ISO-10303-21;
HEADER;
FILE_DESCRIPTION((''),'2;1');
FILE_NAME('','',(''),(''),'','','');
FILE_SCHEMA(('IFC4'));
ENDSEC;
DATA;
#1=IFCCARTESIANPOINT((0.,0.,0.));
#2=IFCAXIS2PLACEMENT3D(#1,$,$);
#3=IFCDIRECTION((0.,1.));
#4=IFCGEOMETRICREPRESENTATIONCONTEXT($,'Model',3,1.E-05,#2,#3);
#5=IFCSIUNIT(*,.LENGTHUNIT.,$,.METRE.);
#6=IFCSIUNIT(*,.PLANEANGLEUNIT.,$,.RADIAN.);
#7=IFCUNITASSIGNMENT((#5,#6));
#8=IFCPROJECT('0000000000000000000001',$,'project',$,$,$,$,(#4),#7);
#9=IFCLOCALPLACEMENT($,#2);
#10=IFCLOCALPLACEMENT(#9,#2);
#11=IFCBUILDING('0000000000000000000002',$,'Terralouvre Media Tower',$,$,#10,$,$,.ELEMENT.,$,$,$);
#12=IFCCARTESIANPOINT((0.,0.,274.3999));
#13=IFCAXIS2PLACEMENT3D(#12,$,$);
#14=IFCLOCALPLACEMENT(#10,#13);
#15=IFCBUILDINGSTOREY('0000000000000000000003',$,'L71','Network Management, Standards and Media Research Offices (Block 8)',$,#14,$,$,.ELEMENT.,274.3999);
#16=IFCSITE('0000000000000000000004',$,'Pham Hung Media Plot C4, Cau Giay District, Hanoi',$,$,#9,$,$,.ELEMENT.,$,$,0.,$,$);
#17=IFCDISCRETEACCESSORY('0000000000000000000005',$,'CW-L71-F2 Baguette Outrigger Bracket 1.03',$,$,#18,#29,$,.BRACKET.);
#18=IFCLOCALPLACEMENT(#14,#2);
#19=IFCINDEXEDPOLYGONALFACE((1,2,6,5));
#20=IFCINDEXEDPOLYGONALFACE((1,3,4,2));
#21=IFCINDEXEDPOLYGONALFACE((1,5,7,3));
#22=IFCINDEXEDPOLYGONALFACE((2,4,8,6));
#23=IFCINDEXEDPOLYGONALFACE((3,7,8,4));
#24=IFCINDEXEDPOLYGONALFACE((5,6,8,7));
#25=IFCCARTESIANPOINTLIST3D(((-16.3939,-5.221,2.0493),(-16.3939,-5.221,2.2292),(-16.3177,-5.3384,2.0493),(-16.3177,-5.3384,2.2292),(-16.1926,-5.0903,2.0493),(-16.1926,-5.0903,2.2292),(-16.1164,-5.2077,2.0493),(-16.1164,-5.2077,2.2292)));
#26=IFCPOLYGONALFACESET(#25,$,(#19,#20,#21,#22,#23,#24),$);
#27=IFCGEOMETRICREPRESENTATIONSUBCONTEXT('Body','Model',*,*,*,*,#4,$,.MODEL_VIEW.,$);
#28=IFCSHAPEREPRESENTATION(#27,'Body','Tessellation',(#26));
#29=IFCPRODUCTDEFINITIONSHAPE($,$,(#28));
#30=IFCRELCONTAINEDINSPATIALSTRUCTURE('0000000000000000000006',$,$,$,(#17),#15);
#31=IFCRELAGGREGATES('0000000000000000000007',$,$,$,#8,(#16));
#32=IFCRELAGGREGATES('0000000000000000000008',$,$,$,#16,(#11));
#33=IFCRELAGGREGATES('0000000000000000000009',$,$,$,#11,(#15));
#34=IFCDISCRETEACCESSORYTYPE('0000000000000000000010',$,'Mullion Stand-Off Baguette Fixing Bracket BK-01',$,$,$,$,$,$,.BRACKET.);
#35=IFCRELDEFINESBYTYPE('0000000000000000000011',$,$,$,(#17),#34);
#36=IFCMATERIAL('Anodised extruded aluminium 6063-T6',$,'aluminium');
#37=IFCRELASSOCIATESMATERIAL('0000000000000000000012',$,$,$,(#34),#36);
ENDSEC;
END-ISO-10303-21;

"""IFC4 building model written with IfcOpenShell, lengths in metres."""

from ifc_helpers import new_model, si_unit, direction, frame, origin, origin_2d, place, context, subcontext, project, spatial, rectangle, extrude, material, type_object, element, save


model = new_model("IFC4")

# Units and contexts
model_context = context("Model", 3, precision=1e-05, world=origin(), true_north=direction((0.0, 1.0)))
body_context = subcontext(model_context, "Body", "Model", "MODEL_VIEW")
ifc_project = project(units=[si_unit("LENGTHUNIT", "METRE"), si_unit("PLANEANGLEUNIT", "RADIAN")], contexts=[model_context])

# Site, building, storey
site_placement = place(None, origin())
site = spatial("IfcSite", under=ifc_project, at=site_placement, Name="Pham Hung Media Plot C4, Cau Giay District, Hanoi", CompositionType="ELEMENT", RefElevation=0.0)
building_placement = place(site_placement, origin())
building = spatial("IfcBuilding", under=site, at=building_placement, Name="Terralouvre Media Tower", CompositionType="ELEMENT")
storey_placement = place(building_placement, frame((0.0, 0.0, 274.3999)))
storey = spatial("IfcBuildingStorey", under=building, at=storey_placement, Name="L71", Description="Network Management, Standards and Media Research Offices (Block 8)", CompositionType="ELEMENT", Elevation=274.3999)

# Discrete accessory
ifc_material_1 = material(Name="Anodised extruded aluminium 6063-T6", Category="aluminium")
discrete_accessory_type = type_object("IfcDiscreteAccessoryType", Name="Mullion Stand-Off Baguette Fixing Bracket BK-01", PredefinedType="BRACKET", material=ifc_material_1)
discrete_accessory_placement = place(storey_placement, frame((-16.2551, -5.2144, 2.0493), z_axis=(0.0, 0.0, 1.0), x_axis=(0.544639, -0.838671, 0.0)))
element("IfcDiscreteAccessory", 1, at=discrete_accessory_placement, inside=storey, type_object=discrete_accessory_type, Name="CW-L71-F2 Baguette Outrigger Bracket 1.03", PredefinedType="BRACKET", context=body_context, shape_type="SweptSolid", body=[
    extrude(rectangle(XDim=0.1399, YDim=0.24, at=origin_2d()), origin(), (0.0, 0.0, 1.0), 0.1799),
])

save(model, "model.ifc")
